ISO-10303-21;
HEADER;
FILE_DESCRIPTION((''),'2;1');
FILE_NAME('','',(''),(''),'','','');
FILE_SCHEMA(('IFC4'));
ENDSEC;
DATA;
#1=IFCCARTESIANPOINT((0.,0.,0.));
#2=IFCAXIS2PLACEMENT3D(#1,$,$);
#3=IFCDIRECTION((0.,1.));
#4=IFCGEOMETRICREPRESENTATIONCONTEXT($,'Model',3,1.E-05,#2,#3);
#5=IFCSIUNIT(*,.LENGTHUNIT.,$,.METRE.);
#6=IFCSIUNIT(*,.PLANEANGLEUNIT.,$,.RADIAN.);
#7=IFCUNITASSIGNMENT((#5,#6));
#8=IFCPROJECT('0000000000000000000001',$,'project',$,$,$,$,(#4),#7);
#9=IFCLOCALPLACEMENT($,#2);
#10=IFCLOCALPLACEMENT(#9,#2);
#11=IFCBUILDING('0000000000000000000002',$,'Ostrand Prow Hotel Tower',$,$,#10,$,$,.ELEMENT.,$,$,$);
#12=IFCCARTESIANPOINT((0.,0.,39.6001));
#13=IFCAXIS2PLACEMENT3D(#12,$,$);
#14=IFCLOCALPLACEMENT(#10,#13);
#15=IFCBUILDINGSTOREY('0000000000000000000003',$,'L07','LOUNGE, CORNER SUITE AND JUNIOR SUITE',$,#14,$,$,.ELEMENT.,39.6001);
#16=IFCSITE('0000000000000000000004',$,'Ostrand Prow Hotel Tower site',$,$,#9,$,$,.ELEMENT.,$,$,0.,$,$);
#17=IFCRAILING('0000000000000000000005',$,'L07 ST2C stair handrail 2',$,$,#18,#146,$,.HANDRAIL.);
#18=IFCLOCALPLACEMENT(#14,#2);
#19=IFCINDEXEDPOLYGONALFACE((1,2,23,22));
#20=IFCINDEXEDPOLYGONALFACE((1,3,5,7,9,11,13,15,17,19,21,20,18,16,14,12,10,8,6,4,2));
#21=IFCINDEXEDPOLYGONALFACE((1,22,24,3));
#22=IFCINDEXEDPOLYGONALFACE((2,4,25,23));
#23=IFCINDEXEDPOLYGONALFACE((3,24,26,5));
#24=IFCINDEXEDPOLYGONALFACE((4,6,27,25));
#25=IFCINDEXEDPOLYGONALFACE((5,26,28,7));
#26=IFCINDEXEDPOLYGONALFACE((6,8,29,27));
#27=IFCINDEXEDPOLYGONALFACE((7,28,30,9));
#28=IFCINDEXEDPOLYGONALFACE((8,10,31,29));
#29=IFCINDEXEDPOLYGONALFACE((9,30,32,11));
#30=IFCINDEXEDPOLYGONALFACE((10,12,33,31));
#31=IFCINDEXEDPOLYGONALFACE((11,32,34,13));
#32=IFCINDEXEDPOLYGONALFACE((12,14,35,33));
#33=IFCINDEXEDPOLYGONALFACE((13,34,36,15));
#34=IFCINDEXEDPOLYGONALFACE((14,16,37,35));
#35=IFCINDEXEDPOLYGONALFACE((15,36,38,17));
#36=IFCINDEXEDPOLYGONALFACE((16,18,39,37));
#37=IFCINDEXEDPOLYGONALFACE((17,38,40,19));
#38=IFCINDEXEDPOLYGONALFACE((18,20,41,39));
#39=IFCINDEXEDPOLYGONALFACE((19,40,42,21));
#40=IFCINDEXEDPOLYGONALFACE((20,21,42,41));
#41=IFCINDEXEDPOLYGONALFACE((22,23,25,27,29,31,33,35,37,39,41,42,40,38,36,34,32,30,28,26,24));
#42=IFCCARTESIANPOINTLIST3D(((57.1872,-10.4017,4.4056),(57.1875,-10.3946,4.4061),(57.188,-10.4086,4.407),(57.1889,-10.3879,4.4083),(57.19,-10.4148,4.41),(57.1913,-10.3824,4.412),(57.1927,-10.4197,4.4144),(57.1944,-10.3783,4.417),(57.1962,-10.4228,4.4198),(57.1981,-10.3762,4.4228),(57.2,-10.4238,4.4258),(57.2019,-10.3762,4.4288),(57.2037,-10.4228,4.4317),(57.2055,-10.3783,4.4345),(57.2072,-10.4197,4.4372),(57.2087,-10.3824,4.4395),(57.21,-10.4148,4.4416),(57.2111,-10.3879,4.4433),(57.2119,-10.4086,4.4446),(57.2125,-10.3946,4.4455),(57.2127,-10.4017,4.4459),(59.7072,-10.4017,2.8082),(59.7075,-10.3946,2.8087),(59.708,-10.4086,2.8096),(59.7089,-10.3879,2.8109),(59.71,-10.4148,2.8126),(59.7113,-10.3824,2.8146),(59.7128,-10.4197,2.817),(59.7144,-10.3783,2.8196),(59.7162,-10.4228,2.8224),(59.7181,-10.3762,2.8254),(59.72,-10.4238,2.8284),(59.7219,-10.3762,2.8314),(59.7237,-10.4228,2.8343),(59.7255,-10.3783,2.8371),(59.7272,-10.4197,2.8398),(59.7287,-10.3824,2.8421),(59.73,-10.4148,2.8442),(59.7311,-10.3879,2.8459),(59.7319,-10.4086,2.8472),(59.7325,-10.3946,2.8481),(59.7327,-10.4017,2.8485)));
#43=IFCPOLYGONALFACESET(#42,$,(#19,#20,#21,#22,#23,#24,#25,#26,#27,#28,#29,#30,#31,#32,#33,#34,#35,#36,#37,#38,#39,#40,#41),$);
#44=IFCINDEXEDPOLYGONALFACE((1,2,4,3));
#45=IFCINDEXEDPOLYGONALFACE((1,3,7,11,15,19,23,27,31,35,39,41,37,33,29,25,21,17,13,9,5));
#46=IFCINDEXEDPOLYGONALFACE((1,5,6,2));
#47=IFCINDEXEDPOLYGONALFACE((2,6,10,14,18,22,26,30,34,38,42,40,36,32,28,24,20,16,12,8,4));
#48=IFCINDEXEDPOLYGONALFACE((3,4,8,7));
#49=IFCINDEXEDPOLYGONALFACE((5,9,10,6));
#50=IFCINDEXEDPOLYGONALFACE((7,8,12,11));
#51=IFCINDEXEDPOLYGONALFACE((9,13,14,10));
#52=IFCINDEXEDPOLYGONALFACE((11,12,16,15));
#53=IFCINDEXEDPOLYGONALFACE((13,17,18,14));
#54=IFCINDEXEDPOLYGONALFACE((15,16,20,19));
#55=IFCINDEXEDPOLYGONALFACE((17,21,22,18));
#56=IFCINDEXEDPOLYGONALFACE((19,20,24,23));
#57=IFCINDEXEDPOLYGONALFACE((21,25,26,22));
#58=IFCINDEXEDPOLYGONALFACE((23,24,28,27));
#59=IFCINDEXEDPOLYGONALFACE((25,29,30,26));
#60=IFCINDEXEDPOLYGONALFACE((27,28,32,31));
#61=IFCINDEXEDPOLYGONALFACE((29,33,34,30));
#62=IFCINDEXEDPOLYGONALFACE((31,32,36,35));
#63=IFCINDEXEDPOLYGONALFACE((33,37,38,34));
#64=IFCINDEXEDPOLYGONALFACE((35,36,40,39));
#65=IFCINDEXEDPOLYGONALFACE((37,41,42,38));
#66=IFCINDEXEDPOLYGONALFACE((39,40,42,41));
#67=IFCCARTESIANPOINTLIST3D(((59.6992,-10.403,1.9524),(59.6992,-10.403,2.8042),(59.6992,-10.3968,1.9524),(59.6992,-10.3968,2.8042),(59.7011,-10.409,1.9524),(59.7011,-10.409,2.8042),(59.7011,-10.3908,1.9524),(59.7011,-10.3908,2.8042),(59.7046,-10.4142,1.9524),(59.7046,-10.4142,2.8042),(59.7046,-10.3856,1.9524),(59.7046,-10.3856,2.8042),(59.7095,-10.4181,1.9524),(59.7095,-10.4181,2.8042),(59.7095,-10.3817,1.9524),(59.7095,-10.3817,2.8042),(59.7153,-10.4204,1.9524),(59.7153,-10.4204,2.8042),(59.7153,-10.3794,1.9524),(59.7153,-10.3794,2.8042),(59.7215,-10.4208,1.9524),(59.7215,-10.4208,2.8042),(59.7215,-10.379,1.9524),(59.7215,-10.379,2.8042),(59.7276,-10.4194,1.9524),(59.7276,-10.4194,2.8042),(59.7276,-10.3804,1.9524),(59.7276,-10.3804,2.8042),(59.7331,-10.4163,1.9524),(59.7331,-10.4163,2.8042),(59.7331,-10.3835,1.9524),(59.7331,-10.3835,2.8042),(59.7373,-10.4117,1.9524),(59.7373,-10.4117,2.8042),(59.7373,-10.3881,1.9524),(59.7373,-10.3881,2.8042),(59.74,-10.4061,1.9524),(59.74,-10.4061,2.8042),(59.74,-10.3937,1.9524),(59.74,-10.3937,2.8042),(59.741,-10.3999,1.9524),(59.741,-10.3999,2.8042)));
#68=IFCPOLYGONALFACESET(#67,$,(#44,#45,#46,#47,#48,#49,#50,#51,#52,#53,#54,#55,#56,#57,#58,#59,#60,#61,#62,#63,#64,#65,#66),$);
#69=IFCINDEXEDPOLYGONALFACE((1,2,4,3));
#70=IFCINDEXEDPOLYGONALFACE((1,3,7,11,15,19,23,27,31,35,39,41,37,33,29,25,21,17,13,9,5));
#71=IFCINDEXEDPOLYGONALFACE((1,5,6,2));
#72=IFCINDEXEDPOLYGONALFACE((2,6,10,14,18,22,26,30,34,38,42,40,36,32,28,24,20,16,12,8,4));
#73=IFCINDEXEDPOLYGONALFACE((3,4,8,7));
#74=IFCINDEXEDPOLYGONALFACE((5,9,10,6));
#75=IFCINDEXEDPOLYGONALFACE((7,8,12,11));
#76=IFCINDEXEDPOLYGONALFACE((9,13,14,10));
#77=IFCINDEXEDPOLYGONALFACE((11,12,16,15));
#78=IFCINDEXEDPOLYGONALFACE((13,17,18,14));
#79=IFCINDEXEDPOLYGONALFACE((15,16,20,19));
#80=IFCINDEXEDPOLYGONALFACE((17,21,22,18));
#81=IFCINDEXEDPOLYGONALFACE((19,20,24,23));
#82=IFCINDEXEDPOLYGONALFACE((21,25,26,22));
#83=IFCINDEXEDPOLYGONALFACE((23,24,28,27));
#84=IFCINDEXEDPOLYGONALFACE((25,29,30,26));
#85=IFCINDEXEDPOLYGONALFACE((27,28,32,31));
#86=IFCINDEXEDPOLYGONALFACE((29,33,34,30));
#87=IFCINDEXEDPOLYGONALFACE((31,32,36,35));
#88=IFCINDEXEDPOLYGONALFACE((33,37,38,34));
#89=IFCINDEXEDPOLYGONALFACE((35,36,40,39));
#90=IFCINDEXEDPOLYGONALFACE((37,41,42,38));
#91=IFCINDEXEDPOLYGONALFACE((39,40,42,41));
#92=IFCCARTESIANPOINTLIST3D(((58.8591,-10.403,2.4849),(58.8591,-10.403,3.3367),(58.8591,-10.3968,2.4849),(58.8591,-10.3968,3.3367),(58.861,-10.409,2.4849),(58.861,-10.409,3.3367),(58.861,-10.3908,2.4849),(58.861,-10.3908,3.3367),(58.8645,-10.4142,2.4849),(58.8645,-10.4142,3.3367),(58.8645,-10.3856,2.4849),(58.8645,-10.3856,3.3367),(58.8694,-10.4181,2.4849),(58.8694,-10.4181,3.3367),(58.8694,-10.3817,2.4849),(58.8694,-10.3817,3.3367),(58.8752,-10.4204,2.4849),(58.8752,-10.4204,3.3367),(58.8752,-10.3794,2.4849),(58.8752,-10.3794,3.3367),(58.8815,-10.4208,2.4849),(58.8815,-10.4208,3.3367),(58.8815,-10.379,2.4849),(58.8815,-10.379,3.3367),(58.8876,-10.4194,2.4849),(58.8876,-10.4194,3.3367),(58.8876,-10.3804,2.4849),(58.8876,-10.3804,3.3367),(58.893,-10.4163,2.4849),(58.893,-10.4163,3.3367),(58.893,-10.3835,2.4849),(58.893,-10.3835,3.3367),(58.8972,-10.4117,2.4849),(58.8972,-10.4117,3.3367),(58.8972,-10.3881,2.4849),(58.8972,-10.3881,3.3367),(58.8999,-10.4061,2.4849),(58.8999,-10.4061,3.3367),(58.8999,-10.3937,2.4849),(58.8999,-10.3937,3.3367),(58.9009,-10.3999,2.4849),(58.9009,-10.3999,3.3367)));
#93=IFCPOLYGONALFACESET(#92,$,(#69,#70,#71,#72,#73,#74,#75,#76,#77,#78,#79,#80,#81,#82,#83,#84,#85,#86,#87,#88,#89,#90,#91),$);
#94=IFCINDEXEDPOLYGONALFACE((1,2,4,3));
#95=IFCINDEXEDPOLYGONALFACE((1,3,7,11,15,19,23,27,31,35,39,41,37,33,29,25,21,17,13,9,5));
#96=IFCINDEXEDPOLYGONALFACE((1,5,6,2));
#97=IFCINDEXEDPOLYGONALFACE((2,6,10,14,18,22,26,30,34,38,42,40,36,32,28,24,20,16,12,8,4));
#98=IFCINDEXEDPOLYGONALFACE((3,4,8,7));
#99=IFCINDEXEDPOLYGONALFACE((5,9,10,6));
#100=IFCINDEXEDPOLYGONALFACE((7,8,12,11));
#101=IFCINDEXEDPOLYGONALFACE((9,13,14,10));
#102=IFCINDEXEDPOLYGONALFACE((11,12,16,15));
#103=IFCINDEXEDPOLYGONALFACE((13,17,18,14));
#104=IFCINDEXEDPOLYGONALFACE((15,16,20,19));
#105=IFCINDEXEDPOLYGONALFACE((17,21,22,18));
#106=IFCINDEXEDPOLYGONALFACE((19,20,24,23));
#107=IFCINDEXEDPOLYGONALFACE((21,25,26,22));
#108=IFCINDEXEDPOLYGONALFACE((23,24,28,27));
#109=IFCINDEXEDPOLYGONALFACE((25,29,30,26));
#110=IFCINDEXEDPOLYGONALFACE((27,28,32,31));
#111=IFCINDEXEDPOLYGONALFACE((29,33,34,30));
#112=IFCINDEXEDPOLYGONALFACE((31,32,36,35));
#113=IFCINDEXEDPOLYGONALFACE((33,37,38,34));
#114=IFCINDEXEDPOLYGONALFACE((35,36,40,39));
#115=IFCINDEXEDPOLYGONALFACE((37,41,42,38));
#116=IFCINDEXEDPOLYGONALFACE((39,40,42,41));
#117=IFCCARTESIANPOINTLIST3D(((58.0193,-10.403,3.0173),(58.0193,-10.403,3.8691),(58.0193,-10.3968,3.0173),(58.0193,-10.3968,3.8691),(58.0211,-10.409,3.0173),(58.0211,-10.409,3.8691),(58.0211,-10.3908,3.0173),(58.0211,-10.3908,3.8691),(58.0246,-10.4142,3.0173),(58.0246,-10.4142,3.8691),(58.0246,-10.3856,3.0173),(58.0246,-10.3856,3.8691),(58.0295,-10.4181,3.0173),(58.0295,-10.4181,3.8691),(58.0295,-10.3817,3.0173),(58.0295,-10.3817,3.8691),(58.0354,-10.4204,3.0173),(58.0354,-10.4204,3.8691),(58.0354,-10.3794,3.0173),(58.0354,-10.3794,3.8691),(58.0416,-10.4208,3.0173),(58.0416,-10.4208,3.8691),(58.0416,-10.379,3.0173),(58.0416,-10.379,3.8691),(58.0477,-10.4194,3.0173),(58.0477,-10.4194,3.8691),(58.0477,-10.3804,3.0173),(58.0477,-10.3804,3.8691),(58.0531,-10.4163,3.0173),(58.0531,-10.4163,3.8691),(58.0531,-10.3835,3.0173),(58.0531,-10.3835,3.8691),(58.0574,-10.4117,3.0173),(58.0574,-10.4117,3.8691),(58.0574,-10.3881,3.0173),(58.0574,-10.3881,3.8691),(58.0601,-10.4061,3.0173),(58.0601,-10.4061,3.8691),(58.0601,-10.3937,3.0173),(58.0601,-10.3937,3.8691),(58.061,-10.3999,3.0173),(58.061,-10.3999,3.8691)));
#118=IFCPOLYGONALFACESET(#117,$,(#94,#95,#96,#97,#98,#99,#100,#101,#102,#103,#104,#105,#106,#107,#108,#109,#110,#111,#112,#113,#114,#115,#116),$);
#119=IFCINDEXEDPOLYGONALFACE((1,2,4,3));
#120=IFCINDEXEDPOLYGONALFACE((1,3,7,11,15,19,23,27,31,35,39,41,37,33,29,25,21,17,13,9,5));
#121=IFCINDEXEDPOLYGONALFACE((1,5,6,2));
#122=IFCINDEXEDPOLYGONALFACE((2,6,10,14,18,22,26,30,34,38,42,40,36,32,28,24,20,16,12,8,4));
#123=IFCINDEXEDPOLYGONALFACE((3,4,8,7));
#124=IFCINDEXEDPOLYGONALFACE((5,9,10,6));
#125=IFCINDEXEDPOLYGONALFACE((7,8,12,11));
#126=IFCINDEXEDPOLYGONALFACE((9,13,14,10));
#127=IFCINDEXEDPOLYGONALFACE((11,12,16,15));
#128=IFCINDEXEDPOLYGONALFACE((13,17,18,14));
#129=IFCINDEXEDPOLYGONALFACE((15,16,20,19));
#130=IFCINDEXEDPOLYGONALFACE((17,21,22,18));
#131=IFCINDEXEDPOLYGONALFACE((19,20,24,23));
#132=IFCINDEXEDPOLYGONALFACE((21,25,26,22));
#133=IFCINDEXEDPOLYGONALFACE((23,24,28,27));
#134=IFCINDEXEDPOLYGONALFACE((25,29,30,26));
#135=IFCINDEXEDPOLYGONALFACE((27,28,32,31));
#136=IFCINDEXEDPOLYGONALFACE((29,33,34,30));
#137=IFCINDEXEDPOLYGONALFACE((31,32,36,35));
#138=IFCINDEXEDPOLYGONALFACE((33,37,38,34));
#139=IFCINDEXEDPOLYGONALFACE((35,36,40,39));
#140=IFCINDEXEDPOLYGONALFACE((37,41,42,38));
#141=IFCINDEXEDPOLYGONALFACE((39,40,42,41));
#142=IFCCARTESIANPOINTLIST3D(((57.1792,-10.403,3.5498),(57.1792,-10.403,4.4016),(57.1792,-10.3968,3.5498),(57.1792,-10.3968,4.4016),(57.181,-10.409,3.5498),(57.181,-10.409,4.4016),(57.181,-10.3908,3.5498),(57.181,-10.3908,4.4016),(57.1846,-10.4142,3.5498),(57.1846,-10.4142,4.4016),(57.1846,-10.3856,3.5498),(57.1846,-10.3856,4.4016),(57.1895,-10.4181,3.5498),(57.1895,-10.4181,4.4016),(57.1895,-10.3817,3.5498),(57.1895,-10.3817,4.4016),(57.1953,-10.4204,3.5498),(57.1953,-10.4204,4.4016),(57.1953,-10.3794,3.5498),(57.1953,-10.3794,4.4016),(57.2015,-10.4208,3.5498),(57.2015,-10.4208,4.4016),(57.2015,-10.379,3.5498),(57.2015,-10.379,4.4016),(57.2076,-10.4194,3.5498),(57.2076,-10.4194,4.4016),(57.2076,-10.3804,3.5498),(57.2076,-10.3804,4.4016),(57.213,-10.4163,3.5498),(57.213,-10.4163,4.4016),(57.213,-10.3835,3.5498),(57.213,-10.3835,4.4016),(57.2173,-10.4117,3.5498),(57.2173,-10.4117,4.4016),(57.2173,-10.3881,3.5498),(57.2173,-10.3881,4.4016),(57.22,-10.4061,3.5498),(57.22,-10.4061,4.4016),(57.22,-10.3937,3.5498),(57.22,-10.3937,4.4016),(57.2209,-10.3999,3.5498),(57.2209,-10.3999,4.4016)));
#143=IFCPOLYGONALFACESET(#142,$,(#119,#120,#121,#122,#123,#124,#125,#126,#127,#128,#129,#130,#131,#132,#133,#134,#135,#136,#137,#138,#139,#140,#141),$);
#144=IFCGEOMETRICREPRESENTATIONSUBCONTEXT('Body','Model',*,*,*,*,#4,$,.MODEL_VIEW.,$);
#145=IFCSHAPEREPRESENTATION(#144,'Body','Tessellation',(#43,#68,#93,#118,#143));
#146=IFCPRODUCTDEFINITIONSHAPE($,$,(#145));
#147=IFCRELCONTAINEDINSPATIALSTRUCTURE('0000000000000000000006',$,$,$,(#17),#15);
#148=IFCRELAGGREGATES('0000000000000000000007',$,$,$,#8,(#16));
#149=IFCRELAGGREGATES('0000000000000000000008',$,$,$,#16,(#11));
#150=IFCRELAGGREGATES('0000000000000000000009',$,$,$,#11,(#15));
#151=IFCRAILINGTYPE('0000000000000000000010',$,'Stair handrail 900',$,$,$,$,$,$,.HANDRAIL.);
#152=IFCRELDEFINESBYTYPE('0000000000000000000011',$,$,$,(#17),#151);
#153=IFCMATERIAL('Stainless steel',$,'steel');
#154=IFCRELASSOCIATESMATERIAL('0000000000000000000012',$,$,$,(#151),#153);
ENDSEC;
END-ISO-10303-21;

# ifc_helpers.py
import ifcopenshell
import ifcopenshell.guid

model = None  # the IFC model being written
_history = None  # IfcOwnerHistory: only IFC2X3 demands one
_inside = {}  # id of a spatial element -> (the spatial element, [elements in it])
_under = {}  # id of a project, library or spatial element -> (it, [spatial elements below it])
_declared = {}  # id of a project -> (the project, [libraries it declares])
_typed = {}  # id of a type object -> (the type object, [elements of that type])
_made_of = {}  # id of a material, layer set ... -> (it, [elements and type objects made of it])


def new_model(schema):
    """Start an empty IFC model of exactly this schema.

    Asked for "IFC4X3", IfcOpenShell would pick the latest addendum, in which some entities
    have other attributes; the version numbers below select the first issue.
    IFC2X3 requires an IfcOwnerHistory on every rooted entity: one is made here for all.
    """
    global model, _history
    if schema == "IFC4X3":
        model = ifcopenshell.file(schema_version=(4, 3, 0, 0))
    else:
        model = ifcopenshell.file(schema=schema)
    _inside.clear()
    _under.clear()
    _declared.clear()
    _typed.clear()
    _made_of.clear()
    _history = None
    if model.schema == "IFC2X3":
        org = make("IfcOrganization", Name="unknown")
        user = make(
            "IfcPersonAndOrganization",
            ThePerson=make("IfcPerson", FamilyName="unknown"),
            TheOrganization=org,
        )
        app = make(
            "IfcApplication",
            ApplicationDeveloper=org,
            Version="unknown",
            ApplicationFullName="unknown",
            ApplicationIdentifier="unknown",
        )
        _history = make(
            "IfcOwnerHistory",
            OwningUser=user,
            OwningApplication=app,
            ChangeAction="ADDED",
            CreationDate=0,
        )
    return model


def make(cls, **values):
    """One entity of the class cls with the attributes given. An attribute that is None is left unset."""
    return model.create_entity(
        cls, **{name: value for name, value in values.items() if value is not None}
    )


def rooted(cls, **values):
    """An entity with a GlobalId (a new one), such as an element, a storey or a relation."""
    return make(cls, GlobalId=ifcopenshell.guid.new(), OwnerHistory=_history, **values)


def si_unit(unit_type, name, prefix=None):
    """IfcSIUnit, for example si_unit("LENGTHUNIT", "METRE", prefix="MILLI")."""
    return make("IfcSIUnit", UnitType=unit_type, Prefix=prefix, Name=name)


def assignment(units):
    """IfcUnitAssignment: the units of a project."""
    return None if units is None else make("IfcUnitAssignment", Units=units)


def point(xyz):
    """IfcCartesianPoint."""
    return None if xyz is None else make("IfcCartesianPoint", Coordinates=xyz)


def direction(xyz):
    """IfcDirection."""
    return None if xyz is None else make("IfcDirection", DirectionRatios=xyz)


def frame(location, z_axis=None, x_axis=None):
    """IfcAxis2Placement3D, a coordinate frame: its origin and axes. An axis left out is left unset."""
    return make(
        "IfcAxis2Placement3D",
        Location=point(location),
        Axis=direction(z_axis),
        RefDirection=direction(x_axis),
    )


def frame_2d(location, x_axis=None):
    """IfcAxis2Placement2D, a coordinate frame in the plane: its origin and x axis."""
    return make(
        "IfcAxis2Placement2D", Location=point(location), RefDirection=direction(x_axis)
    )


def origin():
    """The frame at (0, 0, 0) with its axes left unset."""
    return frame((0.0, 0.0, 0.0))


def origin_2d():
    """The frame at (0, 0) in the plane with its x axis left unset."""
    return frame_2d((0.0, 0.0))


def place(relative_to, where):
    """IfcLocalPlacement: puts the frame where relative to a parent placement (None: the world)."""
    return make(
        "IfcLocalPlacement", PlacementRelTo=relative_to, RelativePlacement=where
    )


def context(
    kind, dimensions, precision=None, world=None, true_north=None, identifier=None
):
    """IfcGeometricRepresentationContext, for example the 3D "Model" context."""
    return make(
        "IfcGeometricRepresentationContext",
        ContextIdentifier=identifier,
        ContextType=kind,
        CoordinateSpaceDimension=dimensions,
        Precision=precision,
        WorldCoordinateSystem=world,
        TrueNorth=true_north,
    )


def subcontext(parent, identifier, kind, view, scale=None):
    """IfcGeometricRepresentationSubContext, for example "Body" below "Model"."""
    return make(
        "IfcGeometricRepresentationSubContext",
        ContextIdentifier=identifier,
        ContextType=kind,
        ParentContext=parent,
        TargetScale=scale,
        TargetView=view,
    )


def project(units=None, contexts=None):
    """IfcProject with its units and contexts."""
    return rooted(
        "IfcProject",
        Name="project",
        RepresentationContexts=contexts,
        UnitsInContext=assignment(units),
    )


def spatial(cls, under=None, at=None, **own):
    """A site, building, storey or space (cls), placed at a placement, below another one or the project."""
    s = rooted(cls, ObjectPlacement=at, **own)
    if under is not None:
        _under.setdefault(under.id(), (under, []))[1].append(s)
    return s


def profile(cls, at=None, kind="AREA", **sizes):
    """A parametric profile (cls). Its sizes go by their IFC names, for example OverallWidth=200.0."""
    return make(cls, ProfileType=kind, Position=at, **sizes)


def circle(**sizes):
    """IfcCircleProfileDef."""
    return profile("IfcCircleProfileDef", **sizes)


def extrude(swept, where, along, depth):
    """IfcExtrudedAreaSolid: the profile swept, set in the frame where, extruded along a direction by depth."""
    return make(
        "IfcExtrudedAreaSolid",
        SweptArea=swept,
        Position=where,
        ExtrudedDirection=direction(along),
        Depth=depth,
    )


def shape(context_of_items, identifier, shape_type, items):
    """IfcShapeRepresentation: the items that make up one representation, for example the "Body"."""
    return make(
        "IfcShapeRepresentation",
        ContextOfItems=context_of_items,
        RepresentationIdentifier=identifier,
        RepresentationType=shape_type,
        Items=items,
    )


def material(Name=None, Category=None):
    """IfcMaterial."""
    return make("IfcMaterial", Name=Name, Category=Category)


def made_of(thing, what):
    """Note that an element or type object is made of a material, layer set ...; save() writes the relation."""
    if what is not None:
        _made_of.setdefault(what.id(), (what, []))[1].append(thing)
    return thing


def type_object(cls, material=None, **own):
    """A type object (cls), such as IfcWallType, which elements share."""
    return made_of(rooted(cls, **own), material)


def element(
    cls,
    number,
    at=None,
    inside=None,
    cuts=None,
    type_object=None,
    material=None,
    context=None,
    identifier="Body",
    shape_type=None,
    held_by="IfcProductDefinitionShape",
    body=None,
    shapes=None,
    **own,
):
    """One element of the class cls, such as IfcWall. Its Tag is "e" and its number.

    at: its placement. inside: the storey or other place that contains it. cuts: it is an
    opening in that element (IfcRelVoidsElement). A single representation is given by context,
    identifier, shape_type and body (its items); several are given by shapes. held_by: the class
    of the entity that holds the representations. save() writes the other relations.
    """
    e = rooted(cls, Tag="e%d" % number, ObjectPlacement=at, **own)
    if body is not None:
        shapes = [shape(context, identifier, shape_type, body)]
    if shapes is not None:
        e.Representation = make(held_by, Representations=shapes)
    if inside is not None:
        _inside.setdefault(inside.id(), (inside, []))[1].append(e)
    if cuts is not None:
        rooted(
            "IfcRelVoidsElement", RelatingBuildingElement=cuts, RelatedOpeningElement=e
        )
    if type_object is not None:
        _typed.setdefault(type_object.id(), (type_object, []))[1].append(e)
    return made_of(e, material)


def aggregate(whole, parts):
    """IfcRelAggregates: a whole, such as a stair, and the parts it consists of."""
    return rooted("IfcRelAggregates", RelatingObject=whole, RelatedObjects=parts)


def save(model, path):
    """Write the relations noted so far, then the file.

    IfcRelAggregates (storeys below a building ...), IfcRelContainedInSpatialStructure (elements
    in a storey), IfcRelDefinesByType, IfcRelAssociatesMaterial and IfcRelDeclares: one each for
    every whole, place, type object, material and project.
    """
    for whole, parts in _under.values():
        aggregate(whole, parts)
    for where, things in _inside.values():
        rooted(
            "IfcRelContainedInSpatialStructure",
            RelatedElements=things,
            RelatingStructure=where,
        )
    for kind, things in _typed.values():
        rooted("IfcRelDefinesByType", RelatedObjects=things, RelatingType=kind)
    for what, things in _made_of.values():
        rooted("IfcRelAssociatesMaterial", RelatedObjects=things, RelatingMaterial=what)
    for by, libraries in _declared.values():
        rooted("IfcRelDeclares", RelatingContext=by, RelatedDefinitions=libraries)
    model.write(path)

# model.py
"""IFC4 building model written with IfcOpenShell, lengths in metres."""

from ifc_helpers import new_model, si_unit, direction, frame, origin, origin_2d, place, context, subcontext, project, spatial, circle, extrude, material, type_object, element, save


model = new_model("IFC4")

# Units and contexts
model_context = context("Model", 3, precision=1e-05, world=origin(), true_north=direction((0.0, 1.0)))
body_context = subcontext(model_context, "Body", "Model", "MODEL_VIEW")
ifc_project = project(units=[si_unit("LENGTHUNIT", "METRE"), si_unit("PLANEANGLEUNIT", "RADIAN")], contexts=[model_context])

# Site, building, storey
site_placement = place(None, origin())
site = spatial("IfcSite", under=ifc_project, at=site_placement, Name="Ostrand Prow Hotel Tower site", CompositionType="ELEMENT", RefElevation=0.0)
building_placement = place(site_placement, origin())
building = spatial("IfcBuilding", under=site, at=building_placement, Name="Ostrand Prow Hotel Tower", CompositionType="ELEMENT")
storey_placement = place(building_placement, frame((0.0, 0.0, 39.6001)))
storey = spatial("IfcBuildingStorey", under=building, at=storey_placement, Name="L07", Description="LOUNGE, CORNER SUITE AND JUNIOR SUITE", CompositionType="ELEMENT", Elevation=39.6001)

# Railing
ifc_material_1 = material(Name="Stainless steel", Category="steel")
railing_type_1 = type_object("IfcRailingType", Name="Stair handrail 900", PredefinedType="HANDRAIL", material=ifc_material_1)
railing_1_placement = place(storey_placement, frame((59.72, -10.3999, 1.9524)))
element("IfcRailing", 1, at=railing_1_placement, inside=storey, type_object=railing_type_1, Name="L07 ST2C stair handrail 2", PredefinedType="HANDRAIL", context=body_context, shape_type="SweptSolid", body=[
    extrude(circle(Radius=0.0239, at=origin_2d()), frame((0.0, 0.0, 0.876), z_axis=(-0.844607, 0.0, 0.535387), x_axis=(0.0, -1.0, 0.0)), (0.0, 0.0, 1.0), 2.9836),
    extrude(circle(Radius=0.021, at=origin_2d()), origin(), (0.0, 0.0, 1.0), 0.8518),
    extrude(circle(Radius=0.021, at=origin_2d()), frame((-0.8401, 0.0, 0.5325)), (0.0, 0.0, 1.0), 0.8518),
    extrude(circle(Radius=0.021, at=origin_2d()), frame((-1.6799, 0.0, 1.0649)), (0.0, 0.0, 1.0), 0.8518),
    extrude(circle(Radius=0.021, at=origin_2d()), frame((-2.52, 0.0, 1.5974)), (0.0, 0.0, 1.0), 0.8518),
])

save(model, "model.ifc")
